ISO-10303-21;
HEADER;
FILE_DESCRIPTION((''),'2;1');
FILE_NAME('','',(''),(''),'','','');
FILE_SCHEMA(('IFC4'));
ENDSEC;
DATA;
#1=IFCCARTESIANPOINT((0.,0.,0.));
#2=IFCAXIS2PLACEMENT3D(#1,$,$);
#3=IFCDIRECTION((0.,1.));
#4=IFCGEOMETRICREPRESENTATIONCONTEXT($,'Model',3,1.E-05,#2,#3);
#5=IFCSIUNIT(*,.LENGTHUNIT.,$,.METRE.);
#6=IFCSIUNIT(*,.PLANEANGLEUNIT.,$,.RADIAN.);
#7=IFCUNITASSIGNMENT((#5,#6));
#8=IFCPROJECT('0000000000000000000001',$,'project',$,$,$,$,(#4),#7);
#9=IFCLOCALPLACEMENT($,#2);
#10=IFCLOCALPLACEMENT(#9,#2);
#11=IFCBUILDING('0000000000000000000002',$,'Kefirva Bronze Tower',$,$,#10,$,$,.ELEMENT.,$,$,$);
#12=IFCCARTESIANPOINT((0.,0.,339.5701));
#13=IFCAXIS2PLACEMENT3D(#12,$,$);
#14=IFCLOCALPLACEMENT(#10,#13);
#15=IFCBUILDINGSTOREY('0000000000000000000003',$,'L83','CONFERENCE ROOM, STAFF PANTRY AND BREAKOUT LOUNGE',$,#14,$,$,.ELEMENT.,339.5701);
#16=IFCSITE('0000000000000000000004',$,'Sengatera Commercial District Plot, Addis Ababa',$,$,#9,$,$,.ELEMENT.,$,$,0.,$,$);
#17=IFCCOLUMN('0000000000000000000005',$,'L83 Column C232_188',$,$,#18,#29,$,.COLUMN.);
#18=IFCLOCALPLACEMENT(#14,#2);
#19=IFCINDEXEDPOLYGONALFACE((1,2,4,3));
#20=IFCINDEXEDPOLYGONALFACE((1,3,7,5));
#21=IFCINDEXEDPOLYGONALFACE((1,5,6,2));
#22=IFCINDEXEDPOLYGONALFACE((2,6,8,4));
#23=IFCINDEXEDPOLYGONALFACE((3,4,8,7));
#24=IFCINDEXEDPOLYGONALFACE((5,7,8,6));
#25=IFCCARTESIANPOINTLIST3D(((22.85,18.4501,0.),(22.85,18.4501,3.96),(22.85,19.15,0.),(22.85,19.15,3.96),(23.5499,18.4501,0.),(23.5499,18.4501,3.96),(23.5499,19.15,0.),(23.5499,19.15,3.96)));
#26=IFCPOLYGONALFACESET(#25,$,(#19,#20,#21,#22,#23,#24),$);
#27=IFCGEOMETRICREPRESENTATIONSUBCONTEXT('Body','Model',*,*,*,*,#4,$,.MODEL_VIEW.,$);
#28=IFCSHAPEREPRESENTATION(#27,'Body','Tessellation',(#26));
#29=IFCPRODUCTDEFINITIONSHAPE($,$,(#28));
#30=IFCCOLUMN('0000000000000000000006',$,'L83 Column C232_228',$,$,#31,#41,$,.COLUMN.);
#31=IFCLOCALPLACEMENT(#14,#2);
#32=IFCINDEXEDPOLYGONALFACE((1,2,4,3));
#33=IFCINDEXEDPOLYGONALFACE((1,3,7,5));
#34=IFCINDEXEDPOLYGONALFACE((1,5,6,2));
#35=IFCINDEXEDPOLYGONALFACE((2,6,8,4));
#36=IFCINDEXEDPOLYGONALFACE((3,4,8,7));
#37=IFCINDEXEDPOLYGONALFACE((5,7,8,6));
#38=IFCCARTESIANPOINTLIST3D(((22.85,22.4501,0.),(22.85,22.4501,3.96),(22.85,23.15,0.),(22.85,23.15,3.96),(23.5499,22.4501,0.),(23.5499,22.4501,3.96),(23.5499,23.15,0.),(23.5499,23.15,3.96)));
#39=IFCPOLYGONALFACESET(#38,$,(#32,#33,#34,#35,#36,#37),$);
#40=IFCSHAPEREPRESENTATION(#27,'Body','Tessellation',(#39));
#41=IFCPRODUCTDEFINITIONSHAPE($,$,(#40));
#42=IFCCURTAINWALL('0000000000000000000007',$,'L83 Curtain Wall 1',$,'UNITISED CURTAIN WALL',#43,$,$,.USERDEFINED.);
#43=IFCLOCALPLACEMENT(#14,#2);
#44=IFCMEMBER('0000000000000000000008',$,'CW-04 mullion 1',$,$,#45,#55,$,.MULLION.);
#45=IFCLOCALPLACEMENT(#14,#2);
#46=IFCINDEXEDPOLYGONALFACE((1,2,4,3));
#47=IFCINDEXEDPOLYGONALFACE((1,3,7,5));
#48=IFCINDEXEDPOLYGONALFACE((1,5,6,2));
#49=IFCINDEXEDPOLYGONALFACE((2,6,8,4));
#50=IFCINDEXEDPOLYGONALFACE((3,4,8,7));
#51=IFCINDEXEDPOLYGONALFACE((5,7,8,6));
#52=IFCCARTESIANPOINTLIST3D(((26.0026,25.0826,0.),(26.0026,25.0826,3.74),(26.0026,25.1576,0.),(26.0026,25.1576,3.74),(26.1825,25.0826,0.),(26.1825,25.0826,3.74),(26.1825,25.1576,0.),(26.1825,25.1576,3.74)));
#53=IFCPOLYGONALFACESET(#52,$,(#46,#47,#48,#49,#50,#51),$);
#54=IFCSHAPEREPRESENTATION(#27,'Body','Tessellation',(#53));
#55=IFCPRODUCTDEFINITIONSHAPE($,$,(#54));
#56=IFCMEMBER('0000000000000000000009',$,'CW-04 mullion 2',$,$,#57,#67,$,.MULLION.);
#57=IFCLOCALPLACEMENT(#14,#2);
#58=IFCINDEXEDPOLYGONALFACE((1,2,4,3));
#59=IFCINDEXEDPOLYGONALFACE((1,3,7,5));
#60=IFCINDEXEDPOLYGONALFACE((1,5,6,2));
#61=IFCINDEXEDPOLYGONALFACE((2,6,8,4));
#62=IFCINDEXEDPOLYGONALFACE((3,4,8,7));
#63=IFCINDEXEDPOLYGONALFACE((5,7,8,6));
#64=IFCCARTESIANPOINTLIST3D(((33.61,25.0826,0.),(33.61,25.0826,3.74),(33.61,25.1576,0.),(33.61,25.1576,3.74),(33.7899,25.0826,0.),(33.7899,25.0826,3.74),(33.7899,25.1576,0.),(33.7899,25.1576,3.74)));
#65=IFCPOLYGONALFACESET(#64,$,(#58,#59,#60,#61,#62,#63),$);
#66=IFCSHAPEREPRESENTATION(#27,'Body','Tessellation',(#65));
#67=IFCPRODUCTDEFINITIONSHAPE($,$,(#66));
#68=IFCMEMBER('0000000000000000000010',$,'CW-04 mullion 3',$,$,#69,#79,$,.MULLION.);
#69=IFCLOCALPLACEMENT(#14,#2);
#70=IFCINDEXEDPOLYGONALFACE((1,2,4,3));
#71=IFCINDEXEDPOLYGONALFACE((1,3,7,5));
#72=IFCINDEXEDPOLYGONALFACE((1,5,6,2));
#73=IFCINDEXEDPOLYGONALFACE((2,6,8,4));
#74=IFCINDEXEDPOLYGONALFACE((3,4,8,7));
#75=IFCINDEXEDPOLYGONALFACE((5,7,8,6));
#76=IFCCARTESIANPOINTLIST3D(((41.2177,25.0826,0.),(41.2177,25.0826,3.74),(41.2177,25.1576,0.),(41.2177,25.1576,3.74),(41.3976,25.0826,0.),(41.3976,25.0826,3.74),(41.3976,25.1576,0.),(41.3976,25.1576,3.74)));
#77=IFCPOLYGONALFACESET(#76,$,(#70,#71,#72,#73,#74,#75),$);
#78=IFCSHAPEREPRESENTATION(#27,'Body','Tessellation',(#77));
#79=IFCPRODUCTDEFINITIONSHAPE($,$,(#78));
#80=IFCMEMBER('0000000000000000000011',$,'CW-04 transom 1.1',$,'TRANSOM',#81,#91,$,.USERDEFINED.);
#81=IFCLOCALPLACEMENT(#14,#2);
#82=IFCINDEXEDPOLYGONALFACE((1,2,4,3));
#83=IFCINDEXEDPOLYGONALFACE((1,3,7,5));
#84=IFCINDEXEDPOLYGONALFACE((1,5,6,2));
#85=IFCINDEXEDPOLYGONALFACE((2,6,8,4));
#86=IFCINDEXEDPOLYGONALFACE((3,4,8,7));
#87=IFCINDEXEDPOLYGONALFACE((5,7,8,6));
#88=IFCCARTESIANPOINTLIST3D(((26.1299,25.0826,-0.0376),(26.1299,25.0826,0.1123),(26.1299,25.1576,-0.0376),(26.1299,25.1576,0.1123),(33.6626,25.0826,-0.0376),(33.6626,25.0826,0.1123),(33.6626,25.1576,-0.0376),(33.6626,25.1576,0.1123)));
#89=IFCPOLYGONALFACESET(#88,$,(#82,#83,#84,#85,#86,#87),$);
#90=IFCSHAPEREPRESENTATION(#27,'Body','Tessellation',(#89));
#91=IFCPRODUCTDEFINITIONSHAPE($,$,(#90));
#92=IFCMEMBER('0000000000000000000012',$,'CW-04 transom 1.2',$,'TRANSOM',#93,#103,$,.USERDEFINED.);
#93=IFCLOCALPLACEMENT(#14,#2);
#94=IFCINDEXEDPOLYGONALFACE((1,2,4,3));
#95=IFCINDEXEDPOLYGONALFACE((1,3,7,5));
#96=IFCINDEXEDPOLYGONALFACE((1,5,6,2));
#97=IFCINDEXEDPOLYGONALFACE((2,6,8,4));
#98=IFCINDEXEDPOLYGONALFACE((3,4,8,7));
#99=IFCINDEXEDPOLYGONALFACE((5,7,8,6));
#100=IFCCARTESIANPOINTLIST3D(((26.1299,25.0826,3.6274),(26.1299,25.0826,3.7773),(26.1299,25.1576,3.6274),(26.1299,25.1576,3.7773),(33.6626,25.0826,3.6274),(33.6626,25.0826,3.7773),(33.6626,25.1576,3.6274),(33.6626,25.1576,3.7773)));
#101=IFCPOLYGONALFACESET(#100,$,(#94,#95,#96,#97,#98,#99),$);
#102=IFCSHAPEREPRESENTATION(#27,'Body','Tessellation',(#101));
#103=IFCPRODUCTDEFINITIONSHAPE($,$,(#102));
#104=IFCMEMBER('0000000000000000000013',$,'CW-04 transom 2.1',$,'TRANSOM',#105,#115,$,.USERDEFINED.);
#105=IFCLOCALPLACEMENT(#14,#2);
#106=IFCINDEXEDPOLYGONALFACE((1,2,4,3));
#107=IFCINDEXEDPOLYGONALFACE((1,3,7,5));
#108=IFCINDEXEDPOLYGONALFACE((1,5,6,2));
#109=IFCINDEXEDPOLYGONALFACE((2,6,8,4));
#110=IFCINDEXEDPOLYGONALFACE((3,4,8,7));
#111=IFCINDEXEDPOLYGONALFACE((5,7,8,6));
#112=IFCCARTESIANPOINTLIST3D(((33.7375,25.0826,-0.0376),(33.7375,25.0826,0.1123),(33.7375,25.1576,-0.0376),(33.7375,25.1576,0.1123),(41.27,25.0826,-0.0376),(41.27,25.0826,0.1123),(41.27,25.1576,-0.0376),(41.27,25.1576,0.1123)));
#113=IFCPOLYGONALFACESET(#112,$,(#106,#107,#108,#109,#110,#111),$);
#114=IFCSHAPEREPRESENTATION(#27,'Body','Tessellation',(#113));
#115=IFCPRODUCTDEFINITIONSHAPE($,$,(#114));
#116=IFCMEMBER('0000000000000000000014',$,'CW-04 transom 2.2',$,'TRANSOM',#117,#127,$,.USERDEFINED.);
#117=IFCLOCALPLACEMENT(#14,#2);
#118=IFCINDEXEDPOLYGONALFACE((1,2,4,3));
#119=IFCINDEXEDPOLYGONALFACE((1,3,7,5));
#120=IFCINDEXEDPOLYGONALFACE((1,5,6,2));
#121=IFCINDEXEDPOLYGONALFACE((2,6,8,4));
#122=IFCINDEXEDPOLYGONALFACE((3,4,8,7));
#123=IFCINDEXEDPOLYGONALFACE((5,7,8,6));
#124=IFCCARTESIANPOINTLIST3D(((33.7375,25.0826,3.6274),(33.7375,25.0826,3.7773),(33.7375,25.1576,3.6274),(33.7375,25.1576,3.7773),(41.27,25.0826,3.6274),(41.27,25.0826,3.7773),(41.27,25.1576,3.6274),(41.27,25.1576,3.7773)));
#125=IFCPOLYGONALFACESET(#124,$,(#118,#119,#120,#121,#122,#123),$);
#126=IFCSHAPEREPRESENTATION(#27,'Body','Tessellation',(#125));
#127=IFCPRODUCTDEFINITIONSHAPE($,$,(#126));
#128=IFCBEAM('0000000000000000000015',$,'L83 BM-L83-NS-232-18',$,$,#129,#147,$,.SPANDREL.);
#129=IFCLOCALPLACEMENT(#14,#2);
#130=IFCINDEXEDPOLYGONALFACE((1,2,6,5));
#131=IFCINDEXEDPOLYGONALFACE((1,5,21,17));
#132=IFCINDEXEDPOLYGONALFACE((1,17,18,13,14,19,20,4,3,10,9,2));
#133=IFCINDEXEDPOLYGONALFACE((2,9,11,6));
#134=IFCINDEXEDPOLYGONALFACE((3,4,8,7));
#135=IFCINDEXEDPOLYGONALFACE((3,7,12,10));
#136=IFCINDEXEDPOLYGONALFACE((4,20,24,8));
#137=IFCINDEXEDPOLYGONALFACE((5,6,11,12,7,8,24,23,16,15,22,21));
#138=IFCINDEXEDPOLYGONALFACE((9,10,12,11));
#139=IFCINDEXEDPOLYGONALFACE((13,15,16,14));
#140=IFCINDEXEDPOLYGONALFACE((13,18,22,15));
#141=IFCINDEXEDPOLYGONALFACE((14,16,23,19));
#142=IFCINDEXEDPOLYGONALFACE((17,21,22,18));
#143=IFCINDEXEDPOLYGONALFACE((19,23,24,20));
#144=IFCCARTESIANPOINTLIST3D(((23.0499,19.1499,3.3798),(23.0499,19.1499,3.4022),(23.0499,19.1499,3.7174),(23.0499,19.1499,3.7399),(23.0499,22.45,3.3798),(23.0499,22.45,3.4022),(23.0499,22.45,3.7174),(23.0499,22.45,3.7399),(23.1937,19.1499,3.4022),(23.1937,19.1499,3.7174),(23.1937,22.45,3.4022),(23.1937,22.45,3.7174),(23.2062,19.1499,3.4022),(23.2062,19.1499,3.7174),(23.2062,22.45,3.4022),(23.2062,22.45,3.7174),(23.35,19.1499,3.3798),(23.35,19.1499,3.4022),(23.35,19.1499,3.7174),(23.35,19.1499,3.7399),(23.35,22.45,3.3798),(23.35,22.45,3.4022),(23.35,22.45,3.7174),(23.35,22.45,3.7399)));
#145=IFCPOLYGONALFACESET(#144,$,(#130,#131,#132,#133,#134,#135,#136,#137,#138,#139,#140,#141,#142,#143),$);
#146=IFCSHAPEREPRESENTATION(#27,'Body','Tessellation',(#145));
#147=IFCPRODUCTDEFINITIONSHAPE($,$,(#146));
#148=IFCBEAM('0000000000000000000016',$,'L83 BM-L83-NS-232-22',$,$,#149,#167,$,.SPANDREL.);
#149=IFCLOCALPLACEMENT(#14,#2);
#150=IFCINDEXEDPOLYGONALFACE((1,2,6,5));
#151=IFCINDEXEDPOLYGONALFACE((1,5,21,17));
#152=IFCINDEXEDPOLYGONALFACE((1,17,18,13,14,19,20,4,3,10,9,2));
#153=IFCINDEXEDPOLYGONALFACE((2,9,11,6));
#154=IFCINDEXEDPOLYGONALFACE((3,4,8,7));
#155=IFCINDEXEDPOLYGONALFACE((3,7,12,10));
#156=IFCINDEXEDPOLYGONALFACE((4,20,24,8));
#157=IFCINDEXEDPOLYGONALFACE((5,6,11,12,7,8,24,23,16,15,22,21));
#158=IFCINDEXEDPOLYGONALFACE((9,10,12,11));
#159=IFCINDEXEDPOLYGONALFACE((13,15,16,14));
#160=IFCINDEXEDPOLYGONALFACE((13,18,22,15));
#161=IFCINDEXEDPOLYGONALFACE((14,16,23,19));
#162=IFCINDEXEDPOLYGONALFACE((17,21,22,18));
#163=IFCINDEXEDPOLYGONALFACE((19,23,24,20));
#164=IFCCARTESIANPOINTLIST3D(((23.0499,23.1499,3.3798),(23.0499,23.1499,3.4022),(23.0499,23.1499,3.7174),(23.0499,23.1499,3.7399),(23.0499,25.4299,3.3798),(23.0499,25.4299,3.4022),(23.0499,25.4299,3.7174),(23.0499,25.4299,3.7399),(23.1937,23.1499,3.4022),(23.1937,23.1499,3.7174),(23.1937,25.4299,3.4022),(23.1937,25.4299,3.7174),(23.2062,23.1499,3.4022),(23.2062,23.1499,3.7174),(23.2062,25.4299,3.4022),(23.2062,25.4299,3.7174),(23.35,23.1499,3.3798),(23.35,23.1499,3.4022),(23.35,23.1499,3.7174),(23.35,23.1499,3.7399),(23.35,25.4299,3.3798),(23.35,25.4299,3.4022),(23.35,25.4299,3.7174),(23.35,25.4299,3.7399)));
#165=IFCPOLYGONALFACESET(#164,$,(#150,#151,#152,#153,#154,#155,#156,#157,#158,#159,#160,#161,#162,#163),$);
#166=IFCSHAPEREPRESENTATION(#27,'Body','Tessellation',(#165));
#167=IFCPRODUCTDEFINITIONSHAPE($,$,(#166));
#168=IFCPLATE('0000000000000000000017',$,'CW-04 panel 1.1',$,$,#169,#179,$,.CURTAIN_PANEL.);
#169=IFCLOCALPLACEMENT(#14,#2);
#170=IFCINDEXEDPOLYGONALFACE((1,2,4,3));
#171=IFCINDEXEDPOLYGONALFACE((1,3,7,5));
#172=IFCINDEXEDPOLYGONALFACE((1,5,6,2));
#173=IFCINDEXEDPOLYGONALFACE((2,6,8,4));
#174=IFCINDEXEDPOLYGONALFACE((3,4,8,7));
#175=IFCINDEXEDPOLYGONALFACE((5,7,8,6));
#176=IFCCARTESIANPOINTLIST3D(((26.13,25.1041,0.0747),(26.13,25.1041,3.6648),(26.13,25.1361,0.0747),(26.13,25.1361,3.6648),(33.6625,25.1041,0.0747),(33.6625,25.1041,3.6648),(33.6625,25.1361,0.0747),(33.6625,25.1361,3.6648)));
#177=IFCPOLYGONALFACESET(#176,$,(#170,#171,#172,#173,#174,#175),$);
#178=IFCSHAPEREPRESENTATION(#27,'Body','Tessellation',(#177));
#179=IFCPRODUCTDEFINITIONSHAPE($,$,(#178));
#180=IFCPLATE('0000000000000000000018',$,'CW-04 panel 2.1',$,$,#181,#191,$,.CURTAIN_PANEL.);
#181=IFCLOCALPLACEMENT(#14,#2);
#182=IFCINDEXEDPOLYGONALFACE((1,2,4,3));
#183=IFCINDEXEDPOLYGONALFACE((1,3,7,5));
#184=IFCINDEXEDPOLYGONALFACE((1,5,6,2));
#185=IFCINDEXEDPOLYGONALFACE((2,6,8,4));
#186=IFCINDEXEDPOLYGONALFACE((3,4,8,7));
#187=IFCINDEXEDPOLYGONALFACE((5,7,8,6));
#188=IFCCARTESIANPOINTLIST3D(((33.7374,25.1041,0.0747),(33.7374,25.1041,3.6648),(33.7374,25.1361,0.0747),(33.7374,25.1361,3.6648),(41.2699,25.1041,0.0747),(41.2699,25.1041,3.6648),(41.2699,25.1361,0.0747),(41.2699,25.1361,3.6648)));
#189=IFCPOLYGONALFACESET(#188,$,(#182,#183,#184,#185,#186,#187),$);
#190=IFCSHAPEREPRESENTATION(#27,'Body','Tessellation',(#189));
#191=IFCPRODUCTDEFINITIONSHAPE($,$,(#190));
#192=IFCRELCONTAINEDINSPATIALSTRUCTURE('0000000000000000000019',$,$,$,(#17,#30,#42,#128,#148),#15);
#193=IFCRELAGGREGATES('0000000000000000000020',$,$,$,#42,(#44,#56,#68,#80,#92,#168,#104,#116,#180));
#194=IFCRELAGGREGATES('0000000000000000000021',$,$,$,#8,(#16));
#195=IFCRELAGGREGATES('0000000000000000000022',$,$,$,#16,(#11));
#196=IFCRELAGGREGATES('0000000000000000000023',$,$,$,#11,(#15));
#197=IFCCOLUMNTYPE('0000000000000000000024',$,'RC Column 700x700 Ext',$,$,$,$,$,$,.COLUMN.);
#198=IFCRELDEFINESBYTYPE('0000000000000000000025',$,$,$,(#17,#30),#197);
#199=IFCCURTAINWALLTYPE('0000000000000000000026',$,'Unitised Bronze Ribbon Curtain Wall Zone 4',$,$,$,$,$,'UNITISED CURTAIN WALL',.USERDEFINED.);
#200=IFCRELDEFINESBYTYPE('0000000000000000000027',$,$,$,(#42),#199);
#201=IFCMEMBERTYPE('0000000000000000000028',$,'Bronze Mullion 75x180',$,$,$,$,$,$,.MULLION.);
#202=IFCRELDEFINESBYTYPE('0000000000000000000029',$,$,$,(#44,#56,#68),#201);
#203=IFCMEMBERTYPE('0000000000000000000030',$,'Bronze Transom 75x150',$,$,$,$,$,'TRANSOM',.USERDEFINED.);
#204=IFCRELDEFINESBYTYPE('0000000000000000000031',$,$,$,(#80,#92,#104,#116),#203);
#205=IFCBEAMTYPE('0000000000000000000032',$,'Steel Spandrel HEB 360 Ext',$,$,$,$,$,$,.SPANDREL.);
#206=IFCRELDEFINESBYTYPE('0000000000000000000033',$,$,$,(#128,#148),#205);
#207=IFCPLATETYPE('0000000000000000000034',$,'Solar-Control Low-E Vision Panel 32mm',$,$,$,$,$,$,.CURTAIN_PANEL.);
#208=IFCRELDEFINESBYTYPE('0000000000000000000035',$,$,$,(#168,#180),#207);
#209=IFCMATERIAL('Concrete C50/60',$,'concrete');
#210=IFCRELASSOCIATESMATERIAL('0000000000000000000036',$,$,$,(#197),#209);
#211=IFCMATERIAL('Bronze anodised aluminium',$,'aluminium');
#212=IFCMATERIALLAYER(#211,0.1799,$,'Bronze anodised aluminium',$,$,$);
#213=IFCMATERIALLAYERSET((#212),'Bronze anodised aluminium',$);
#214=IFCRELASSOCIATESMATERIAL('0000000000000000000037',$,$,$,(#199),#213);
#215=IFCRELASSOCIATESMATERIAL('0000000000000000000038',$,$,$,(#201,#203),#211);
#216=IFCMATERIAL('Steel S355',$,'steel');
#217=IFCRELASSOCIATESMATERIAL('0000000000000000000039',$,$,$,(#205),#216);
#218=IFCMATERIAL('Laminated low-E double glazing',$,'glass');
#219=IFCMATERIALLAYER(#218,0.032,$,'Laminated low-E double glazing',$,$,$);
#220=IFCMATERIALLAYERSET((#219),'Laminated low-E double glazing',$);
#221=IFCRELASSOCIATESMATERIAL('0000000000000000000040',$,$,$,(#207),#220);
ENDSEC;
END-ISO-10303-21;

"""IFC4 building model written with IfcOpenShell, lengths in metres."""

from ifc_helpers import new_model, si_unit, direction, frame, origin, origin_2d, place, context, subcontext, project, spatial, rectangle, i_section, extrude, material, layer, layer_set, material_profile, profile_set, type_object, element, aggregate, save


model = new_model("IFC4")

# Units and contexts
model_context = context("Model", 3, precision=1e-05, world=origin(), true_north=direction((0.0, 1.0)))
body_context = subcontext(model_context, "Body", "Model", "MODEL_VIEW")
ifc_project = project(units=[si_unit("LENGTHUNIT", "METRE"), si_unit("PLANEANGLEUNIT", "RADIAN")], contexts=[model_context])

# Site, building, storey
site_placement = place(None, origin())
site = spatial("IfcSite", under=ifc_project, at=site_placement, Name="Sengatera Commercial District Plot, Addis Ababa", CompositionType="ELEMENT", RefElevation=0.0)
building_placement = place(site_placement, origin())
building = spatial("IfcBuilding", under=site, at=building_placement, Name="Kefirva Bronze Tower", CompositionType="ELEMENT")
storey_placement = place(building_placement, frame((0.0, 0.0, 339.5701)))
storey = spatial("IfcBuildingStorey", under=building, at=storey_placement, Name="L83", Description="CONFERENCE ROOM, STAFF PANTRY AND BREAKOUT LOUNGE", CompositionType="ELEMENT", Elevation=339.5701)

# Columns
ifc_material_1 = material(Name="Concrete C50/60", Category="concrete")
ifc_material_profile_1 = material_profile(ifc_material_1, rectangle(XDim=0.7, YDim=0.7, at=origin_2d()), Name="RC 700x700")
ifc_profile_set_1 = profile_set([ifc_material_profile_1], Name="Concrete C50/60")
column_type = type_object("IfcColumnType", Name="RC Column 700x700 Ext", PredefinedType="COLUMN", material=ifc_profile_set_1)
for number, where, z_axis, x_axis, name in (
    (1, (23.2, 18.8, 0.0), (0.0, 0.0, 1.0), (1.0, 0.0, 0.0), "L83 Column C232_188"),
    (2, (23.2, 22.8, 0.0), (0.0, 0.0, 1.0), (1.0, 0.0, 0.0), "L83 Column C232_228"),
):
    element("IfcColumn", number, at=place(storey_placement, frame(where, z_axis=z_axis, x_axis=x_axis)), inside=storey, type_object=column_type, Name=name, PredefinedType="COLUMN", context=body_context, shape_type="SweptSolid", body=[
        extrude(rectangle(XDim=0.7, YDim=0.7, at=origin_2d()), origin(), (0.0, 0.0, 1.0), 3.96),
    ])

# Curtain wall, members
ifc_material_2 = material(Name="Bronze anodised aluminium", Category="aluminium")
ifc_layer_1 = layer(ifc_material_2, 0.1799, Name="Bronze anodised aluminium")
ifc_layer_set_1 = layer_set([ifc_layer_1], Name="Bronze anodised aluminium")
curtain_wall_type = type_object("IfcCurtainWallType", Name="Unitised Bronze Ribbon Curtain Wall Zone 4", ElementType="UNITISED CURTAIN WALL", PredefinedType="USERDEFINED", material=ifc_layer_set_1)
curtain_wall_placement = place(storey_placement, origin())
curtain_wall = element("IfcCurtainWall", 3, at=curtain_wall_placement, inside=storey, type_object=curtain_wall_type, Name="L83 Curtain Wall 1", ObjectType="UNITISED CURTAIN WALL", PredefinedType="USERDEFINED")
ifc_material_profile_2 = material_profile(ifc_material_2, rectangle(XDim=0.075, YDim=0.1799, at=origin_2d()), Name="ALU 75x180")
ifc_profile_set_2 = profile_set([ifc_material_profile_2], Name="Bronze anodised aluminium")
member_type_1 = type_object("IfcMemberType", Name="Bronze Mullion 75x180", PredefinedType="MULLION", material=ifc_profile_set_2)
member_1_placement = place(storey_placement, frame((26.0925, 25.1201, 0.0), z_axis=(0.0, 0.0, 1.0), x_axis=(0.0, 1.0, 0.0)))
member_1 = element("IfcMember", 4, at=member_1_placement, type_object=member_type_1, Name="CW-04 mullion 1", PredefinedType="MULLION", context=body_context, shape_type="SweptSolid", body=[
    extrude(rectangle(XDim=0.075, YDim=0.1799, at=origin_2d()), origin(), (0.0, 0.0, 1.0), 3.74),
])
member_2_placement = place(storey_placement, frame((33.7, 25.1201, 0.0), z_axis=(0.0, 0.0, 1.0), x_axis=(0.0, 1.0, 0.0)))
member_2 = element("IfcMember", 5, at=member_2_placement, type_object=member_type_1, Name="CW-04 mullion 2", PredefinedType="MULLION", context=body_context, shape_type="SweptSolid", body=[
    extrude(rectangle(XDim=0.075, YDim=0.1799, at=origin_2d()), origin(), (0.0, 0.0, 1.0), 3.74),
])
member_3_placement = place(storey_placement, frame((41.3076, 25.1201, 0.0), z_axis=(0.0, 0.0, 1.0), x_axis=(0.0, 1.0, 0.0)))
member_3 = element("IfcMember", 6, at=member_3_placement, type_object=member_type_1, Name="CW-04 mullion 3", PredefinedType="MULLION", context=body_context, shape_type="SweptSolid", body=[
    extrude(rectangle(XDim=0.075, YDim=0.1799, at=origin_2d()), origin(), (0.0, 0.0, 1.0), 3.74),
])
ifc_material_profile_3 = material_profile(ifc_material_2, rectangle(XDim=0.075, YDim=0.1499, at=origin_2d()), Name="ALU 75x150")
ifc_profile_set_3 = profile_set([ifc_material_profile_3], Name="Bronze anodised aluminium")
member_type_2 = type_object("IfcMemberType", Name="Bronze Transom 75x150", ElementType="TRANSOM", PredefinedType="USERDEFINED", material=ifc_profile_set_3)
member_4_placement = place(storey_placement, frame((26.1299, 25.1201, 0.0374), z_axis=(1.0, 0.0, 0.0), x_axis=(0.0, 1.0, 0.0)))
member_4 = element("IfcMember", 7, at=member_4_placement, type_object=member_type_2, Name="CW-04 transom 1.1", ObjectType="TRANSOM", PredefinedType="USERDEFINED", context=body_context, shape_type="SweptSolid", body=[
    extrude(rectangle(XDim=0.075, YDim=0.1499, at=origin_2d()), origin(), (0.0, 0.0, 1.0), 7.5327),
])
member_5_placement = place(storey_placement, frame((26.1299, 25.1201, 3.7024), z_axis=(1.0, 0.0, 0.0), x_axis=(0.0, 1.0, 0.0)))
member_5 = element("IfcMember", 8, at=member_5_placement, type_object=member_type_2, Name="CW-04 transom 1.2", ObjectType="TRANSOM", PredefinedType="USERDEFINED", context=body_context, shape_type="SweptSolid", body=[
    extrude(rectangle(XDim=0.075, YDim=0.1499, at=origin_2d()), origin(), (0.0, 0.0, 1.0), 7.5327),
])
member_6_placement = place(storey_placement, frame((33.7375, 25.1201, 0.0374), z_axis=(1.0, 0.0, 0.0), x_axis=(0.0, 1.0, 0.0)))
member_6 = element("IfcMember", 9, at=member_6_placement, type_object=member_type_2, Name="CW-04 transom 2.1", ObjectType="TRANSOM", PredefinedType="USERDEFINED", context=body_context, shape_type="SweptSolid", body=[
    extrude(rectangle(XDim=0.075, YDim=0.1499, at=origin_2d()), origin(), (0.0, 0.0, 1.0), 7.5325),
])
member_7_placement = place(storey_placement, frame((33.7375, 25.1201, 3.7024), z_axis=(1.0, 0.0, 0.0), x_axis=(0.0, 1.0, 0.0)))
member_7 = element("IfcMember", 10, at=member_7_placement, type_object=member_type_2, Name="CW-04 transom 2.2", ObjectType="TRANSOM", PredefinedType="USERDEFINED", context=body_context, shape_type="SweptSolid", body=[
    extrude(rectangle(XDim=0.075, YDim=0.1499, at=origin_2d()), origin(), (0.0, 0.0, 1.0), 7.5325),
])

# Beams
ifc_material_3 = material(Name="Steel S355", Category="steel")
ifc_material_profile_4 = material_profile(ifc_material_3, i_section(OverallWidth=0.3, OverallDepth=0.3601, WebThickness=0.0125, FlangeThickness=0.0225, at=origin_2d()), Name="HEB 360")
ifc_profile_set_4 = profile_set([ifc_material_profile_4], Name="Steel S355")
beam_type = type_object("IfcBeamType", Name="Steel Spandrel HEB 360 Ext", PredefinedType="SPANDREL", material=ifc_profile_set_4)
beam_1_placement = place(storey_placement, frame((23.2, 19.1499, 3.5598), z_axis=(0.0, 1.0, 0.0), x_axis=(-1.0, 0.0, 0.0)))
element("IfcBeam", 11, at=beam_1_placement, inside=storey, type_object=beam_type, Name="L83 BM-L83-NS-232-18", PredefinedType="SPANDREL", context=body_context, shape_type="SweptSolid", body=[
    extrude(i_section(OverallWidth=0.3, OverallDepth=0.3601, WebThickness=0.0125, FlangeThickness=0.0225, at=origin_2d()), origin(), (0.0, 0.0, 1.0), 3.3),
])
beam_2_placement = place(storey_placement, frame((23.2, 23.1499, 3.5598), z_axis=(0.0, 1.0, 0.0), x_axis=(-1.0, 0.0, 0.0)))
element("IfcBeam", 12, at=beam_2_placement, inside=storey, type_object=beam_type, Name="L83 BM-L83-NS-232-22", PredefinedType="SPANDREL", context=body_context, shape_type="SweptSolid", body=[
    extrude(i_section(OverallWidth=0.3, OverallDepth=0.3601, WebThickness=0.0125, FlangeThickness=0.0225, at=origin_2d()), origin(), (0.0, 0.0, 1.0), 2.28),
])

# Plates
ifc_material_4 = material(Name="Laminated low-E double glazing", Category="glass")
ifc_layer_2 = layer(ifc_material_4, 0.032, Name="Laminated low-E double glazing")
ifc_layer_set_2 = layer_set([ifc_layer_2], Name="Laminated low-E double glazing")
plate_type = type_object("IfcPlateType", Name="Solar-Control Low-E Vision Panel 32mm", PredefinedType="CURTAIN_PANEL", material=ifc_layer_set_2)
plate_1_placement = place(storey_placement, frame((29.8962, 25.1201, 0.0747), z_axis=(0.0, 0.0, 1.0), x_axis=(1.0, 0.0, 0.0)))
plate_1 = element("IfcPlate", 13, at=plate_1_placement, type_object=plate_type, Name="CW-04 panel 1.1", PredefinedType="CURTAIN_PANEL", context=body_context, shape_type="SweptSolid", body=[
    extrude(rectangle(XDim=7.5325, YDim=0.032, at=origin_2d()), origin(), (0.0, 0.0, 1.0), 3.5901),
])
plate_2_placement = place(storey_placement, frame((37.5037, 25.1201, 0.0747), z_axis=(0.0, 0.0, 1.0), x_axis=(1.0, 0.0, 0.0)))
plate_2 = element("IfcPlate", 14, at=plate_2_placement, type_object=plate_type, Name="CW-04 panel 2.1", PredefinedType="CURTAIN_PANEL", context=body_context, shape_type="SweptSolid", body=[
    extrude(rectangle(XDim=7.5325, YDim=0.032, at=origin_2d()), origin(), (0.0, 0.0, 1.0), 3.5901),
])
aggregate(curtain_wall, [member_1, member_2, member_3, member_4, member_5, plate_1, member_6, member_7, plate_2])

save(model, "model.ifc")
